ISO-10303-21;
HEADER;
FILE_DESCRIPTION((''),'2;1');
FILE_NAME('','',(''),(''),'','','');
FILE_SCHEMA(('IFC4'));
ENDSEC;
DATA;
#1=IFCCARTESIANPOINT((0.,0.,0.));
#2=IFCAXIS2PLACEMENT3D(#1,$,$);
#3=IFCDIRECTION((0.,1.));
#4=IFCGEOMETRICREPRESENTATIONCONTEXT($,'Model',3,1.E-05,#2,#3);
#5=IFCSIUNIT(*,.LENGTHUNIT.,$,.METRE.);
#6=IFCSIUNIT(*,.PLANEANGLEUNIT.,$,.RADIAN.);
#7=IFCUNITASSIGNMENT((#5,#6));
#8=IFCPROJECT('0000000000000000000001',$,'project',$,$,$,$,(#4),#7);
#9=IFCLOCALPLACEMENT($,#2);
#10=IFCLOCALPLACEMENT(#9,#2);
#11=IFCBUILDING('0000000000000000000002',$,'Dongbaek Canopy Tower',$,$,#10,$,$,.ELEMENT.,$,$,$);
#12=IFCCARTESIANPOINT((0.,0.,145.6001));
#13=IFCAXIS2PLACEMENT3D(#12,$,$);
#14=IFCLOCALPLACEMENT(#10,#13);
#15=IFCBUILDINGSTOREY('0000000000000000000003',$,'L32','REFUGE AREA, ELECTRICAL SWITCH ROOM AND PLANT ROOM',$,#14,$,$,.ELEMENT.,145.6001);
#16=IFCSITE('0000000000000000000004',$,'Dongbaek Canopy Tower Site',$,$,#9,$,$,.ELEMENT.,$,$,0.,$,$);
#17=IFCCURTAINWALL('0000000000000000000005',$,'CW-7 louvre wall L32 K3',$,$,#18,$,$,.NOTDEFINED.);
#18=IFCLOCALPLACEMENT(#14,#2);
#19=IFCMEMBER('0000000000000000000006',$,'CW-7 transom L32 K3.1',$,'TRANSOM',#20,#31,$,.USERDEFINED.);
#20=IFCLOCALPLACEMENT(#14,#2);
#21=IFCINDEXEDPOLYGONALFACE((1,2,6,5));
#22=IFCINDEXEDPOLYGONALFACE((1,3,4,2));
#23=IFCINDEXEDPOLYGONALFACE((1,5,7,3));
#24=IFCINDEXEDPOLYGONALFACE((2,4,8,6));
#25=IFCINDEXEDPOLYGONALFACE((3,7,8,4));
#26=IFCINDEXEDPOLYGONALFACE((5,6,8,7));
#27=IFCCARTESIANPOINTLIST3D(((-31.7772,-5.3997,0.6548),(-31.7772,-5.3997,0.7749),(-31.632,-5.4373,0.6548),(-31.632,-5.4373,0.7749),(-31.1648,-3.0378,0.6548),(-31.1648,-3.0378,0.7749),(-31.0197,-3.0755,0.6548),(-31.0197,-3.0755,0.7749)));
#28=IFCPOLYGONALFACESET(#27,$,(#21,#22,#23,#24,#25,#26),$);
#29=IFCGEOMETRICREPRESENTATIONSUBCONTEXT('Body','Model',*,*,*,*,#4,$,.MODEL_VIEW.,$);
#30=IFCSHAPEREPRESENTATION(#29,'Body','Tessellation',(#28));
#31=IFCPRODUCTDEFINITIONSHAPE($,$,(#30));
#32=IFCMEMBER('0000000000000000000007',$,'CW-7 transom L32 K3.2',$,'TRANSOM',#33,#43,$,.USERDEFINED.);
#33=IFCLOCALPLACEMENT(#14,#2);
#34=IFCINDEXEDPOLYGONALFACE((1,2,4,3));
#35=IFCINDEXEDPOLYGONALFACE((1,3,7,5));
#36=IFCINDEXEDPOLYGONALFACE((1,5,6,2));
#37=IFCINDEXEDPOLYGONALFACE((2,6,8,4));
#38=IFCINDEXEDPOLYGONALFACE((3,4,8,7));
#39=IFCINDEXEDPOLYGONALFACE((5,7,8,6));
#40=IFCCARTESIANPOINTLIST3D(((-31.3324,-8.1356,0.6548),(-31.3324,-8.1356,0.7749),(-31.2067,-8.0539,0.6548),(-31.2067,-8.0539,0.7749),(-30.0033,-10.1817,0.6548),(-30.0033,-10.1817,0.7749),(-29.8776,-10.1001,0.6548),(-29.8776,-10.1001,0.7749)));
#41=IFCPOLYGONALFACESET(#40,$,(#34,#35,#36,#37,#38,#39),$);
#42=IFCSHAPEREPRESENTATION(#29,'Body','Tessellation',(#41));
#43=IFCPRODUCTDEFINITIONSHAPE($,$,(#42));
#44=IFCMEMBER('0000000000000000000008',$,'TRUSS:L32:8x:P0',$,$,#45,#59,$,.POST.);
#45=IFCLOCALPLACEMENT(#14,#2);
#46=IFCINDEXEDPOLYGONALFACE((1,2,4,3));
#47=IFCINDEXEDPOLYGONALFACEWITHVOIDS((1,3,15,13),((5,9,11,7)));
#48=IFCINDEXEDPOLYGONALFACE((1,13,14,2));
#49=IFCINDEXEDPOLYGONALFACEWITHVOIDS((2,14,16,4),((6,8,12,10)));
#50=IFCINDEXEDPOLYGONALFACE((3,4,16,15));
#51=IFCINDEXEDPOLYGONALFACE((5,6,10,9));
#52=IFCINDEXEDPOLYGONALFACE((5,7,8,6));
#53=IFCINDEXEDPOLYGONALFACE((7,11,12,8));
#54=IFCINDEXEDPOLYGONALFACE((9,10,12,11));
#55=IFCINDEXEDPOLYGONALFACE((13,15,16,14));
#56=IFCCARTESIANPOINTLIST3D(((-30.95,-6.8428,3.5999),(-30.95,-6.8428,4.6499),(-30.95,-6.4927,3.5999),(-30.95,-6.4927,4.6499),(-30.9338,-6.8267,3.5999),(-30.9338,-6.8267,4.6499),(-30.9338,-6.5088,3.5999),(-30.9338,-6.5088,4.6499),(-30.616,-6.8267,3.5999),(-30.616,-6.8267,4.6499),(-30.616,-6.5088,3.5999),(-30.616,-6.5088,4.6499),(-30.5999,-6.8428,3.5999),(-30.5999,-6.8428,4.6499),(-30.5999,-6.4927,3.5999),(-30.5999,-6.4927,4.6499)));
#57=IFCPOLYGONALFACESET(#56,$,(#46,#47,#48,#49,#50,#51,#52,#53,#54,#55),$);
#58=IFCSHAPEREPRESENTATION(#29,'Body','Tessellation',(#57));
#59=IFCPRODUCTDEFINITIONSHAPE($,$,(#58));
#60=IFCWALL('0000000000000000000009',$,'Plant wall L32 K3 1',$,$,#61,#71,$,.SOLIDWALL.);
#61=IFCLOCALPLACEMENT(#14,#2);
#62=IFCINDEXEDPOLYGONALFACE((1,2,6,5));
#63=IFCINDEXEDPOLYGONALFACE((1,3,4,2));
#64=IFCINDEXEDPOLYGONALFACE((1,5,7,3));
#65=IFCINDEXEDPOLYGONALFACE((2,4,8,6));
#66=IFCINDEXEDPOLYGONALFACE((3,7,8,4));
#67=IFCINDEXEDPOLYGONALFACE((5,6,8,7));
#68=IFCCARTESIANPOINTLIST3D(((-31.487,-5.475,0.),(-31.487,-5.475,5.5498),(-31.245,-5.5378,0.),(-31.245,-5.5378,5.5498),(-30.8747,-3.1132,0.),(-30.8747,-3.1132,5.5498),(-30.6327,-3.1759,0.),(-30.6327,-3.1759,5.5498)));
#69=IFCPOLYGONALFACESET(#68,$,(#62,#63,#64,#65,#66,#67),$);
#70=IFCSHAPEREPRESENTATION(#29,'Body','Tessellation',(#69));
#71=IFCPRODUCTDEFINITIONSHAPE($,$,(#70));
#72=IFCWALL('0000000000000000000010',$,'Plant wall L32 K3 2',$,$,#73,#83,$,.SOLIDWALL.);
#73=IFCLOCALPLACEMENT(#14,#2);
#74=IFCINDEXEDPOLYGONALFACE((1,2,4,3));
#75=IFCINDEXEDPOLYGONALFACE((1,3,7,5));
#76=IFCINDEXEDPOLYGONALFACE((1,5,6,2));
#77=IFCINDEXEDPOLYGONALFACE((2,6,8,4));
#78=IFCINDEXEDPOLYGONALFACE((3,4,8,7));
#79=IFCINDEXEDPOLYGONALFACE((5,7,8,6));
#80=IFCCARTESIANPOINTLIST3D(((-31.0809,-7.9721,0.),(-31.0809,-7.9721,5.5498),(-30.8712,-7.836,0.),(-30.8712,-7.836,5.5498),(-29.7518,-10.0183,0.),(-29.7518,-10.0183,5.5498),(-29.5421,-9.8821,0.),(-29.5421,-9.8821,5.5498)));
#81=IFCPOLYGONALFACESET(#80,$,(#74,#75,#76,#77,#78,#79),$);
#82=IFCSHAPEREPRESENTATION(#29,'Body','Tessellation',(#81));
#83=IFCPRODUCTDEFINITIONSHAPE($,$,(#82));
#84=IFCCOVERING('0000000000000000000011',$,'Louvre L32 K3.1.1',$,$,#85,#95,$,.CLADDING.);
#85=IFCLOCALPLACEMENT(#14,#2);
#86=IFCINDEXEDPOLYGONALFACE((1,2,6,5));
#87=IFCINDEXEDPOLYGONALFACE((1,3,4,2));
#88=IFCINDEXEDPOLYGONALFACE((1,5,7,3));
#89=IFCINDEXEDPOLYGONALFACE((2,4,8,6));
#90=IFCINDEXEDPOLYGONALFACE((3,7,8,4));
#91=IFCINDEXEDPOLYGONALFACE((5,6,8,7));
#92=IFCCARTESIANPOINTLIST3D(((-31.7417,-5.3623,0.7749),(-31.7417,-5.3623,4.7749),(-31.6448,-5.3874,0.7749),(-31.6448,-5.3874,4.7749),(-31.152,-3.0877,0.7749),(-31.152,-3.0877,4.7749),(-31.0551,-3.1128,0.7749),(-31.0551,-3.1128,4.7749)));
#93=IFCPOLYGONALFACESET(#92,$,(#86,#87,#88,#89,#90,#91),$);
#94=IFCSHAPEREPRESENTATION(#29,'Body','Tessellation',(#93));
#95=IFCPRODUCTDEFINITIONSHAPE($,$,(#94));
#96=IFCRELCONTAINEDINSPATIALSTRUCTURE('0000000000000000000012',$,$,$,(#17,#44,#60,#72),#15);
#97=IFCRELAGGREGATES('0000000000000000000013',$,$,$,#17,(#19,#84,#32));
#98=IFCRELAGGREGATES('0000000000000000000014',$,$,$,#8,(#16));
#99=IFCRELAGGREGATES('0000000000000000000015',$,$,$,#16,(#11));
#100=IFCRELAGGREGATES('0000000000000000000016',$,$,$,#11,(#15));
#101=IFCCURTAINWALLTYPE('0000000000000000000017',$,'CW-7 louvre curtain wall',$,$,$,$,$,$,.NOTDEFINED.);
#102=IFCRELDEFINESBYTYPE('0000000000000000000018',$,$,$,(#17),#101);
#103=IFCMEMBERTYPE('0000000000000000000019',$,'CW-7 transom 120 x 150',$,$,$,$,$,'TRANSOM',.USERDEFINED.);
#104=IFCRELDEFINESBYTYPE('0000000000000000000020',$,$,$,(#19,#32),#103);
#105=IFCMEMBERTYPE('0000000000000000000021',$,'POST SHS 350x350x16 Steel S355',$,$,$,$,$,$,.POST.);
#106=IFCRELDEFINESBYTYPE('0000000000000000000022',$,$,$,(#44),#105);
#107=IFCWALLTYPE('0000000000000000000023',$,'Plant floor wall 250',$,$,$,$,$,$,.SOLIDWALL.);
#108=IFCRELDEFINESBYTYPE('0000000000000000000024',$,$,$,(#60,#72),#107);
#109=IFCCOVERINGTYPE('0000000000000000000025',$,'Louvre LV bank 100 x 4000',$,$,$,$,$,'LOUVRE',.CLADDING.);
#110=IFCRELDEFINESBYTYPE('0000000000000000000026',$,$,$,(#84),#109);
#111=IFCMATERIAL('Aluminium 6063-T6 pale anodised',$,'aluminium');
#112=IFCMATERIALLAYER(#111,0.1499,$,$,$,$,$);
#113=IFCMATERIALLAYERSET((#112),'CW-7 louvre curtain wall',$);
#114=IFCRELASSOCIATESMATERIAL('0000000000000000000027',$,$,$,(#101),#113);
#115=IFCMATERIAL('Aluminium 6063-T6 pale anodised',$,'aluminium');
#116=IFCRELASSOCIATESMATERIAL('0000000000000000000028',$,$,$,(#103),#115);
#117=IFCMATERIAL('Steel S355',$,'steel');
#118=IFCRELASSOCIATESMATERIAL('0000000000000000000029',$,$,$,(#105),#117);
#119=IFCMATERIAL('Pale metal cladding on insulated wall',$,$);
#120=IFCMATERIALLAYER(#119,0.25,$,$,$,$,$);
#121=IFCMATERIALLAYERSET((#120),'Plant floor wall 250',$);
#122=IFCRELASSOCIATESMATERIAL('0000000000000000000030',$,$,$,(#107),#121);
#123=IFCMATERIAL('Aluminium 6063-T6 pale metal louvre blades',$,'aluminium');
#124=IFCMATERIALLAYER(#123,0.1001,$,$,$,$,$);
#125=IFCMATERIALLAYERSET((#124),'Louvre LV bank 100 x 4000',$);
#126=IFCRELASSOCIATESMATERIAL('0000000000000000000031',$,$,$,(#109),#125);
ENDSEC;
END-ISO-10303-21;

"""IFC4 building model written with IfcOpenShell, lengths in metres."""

from ifc_helpers import new_model, si_unit, direction, frame, frame_2d, origin, origin_2d, place, context, subcontext, project, spatial, rectangle, hollow_rectangle, extrude, material, layer, layer_set, material_profile, profile_set, type_object, element, aggregate, save


model = new_model("IFC4")

# Units and contexts
model_context = context("Model", 3, precision=1e-05, world=origin(), true_north=direction((0.0, 1.0)))
body_context = subcontext(model_context, "Body", "Model", "MODEL_VIEW")
ifc_project = project(units=[si_unit("LENGTHUNIT", "METRE"), si_unit("PLANEANGLEUNIT", "RADIAN")], contexts=[model_context])

# Site, building, storey
site_placement = place(None, origin())
site = spatial("IfcSite", under=ifc_project, at=site_placement, Name="Dongbaek Canopy Tower Site", CompositionType="ELEMENT", RefElevation=0.0)
building_placement = place(site_placement, origin())
building = spatial("IfcBuilding", under=site, at=building_placement, Name="Dongbaek Canopy Tower", CompositionType="ELEMENT")
storey_placement = place(building_placement, frame((0.0, 0.0, 145.6001)))
storey = spatial("IfcBuildingStorey", under=building, at=storey_placement, Name="L32", Description="REFUGE AREA, ELECTRICAL SWITCH ROOM AND PLANT ROOM", CompositionType="ELEMENT", Elevation=145.6001)

# Shared definitions
ifc_material_1 = material(Name="Aluminium 6063-T6 pale anodised", Category="aluminium")
ifc_layer_1 = layer(ifc_material_1, 0.1499)
ifc_layer_set_1 = layer_set([ifc_layer_1], Name="CW-7 louvre curtain wall")
curtain_wall_type = type_object("IfcCurtainWallType", Name="CW-7 louvre curtain wall", PredefinedType="NOTDEFINED", material=ifc_layer_set_1)

# Curtain wall, members
curtain_wall_1_placement = place(storey_placement, origin())
curtain_wall_1 = element("IfcCurtainWall", 1, at=curtain_wall_1_placement, inside=storey, type_object=curtain_wall_type, Name="CW-7 louvre wall L32 K3", PredefinedType="NOTDEFINED")
ifc_material_2 = material(Name="Aluminium 6063-T6 pale anodised", Category="aluminium")
ifc_material_profile_1 = material_profile(ifc_material_2, rectangle(XDim=0.1499, YDim=0.1201, at=origin_2d()), Name="CW-7 transom 120 x 150")
ifc_profile_set_1 = profile_set([ifc_material_profile_1], Name="Aluminium 6063-T6 pale anodised")
member_type_1 = type_object("IfcMemberType", Name="CW-7 transom 120 x 150", ElementType="TRANSOM", PredefinedType="USERDEFINED", material=ifc_profile_set_1)
member_1_placement = place(storey_placement, frame((-31.0923, -3.0566, 0.7148), z_axis=(-0.250955, -0.967999, 0.0), x_axis=(0.967999, -0.250955, 0.0)))
member_1 = element("IfcMember", 2, at=member_1_placement, type_object=member_type_1, Name="CW-7 transom L32 K3.1", ObjectType="TRANSOM", PredefinedType="USERDEFINED", context=body_context, shape_type="SweptSolid", body=[
    extrude(rectangle(XDim=0.1499, YDim=0.1201, at=origin_2d()), origin(), (0.0, 0.0, 1.0), 2.4399),
])
member_2_placement = place(storey_placement, frame((-31.2695, -8.0947, 0.7148), z_axis=(0.544732, -0.83861, 0.0), x_axis=(0.83861, 0.544732, 0.0)))
member_2 = element("IfcMember", 3, at=member_2_placement, type_object=member_type_1, Name="CW-7 transom L32 K3.2", ObjectType="TRANSOM", PredefinedType="USERDEFINED", context=body_context, shape_type="SweptSolid", body=[
    extrude(rectangle(XDim=0.1499, YDim=0.1201, at=origin_2d()), origin(), (0.0, 0.0, 1.0), 2.4399),
])

# Member
ifc_material_3 = material(Name="Steel S355", Category="steel")
ifc_material_profile_2 = material_profile(ifc_material_3, hollow_rectangle(XDim=0.3501, YDim=0.3501, WallThickness=0.0161, at=origin_2d()), Name="POST SHS 350x350x16 Steel S355")
ifc_profile_set_2 = profile_set([ifc_material_profile_2], Name="Steel S355")
member_type_2 = type_object("IfcMemberType", Name="POST SHS 350x350x16 Steel S355", PredefinedType="POST", material=ifc_profile_set_2)
member_3_placement = place(storey_placement, frame((-30.7749, -6.6677, 3.5999), z_axis=(0.0, 0.0, 1.0), x_axis=(1.0, 0.0, 0.0)))
element("IfcMember", 4, at=member_3_placement, inside=storey, type_object=member_type_2, Name="TRUSS:L32:8x:P0", PredefinedType="POST", context=body_context, shape_type="SweptSolid", body=[
    extrude(hollow_rectangle(XDim=0.3501, YDim=0.3501, WallThickness=0.0161, at=origin_2d()), origin(), (0.0, 0.0, 1.0), 1.05),
])

# Walls
ifc_material_4 = material(Name="Pale metal cladding on insulated wall")
ifc_layer_2 = layer(ifc_material_4, 0.25)
ifc_layer_set_2 = layer_set([ifc_layer_2], Name="Plant floor wall 250")
wall_type = type_object("IfcWallType", Name="Plant floor wall 250", PredefinedType="SOLIDWALL", material=ifc_layer_set_2)
for number, where, z_axis, x_axis, name in (
    (5, (-30.7537, -3.1445, 0.0), (0.0, 0.0, 1.0), (-0.250955, -0.967999, 0.0), "Plant wall L32 K3 1"),
    (6, (-30.9761, -7.9041, 0.0), (0.0, 0.0, 1.0), (0.544732, -0.83861, 0.0), "Plant wall L32 K3 2"),
):
    element("IfcWall", number, at=place(storey_placement, frame(where, z_axis=z_axis, x_axis=x_axis)), inside=storey, type_object=wall_type, Name=name, PredefinedType="SOLIDWALL", context=body_context, shape_type="SweptSolid", body=[
        extrude(rectangle(XDim=2.4399, YDim=0.25, at=frame_2d((1.22, 0.0))), origin(), (0.0, 0.0, 1.0), 5.5498),
    ])

# Covering
ifc_material_5 = material(Name="Aluminium 6063-T6 pale metal louvre blades", Category="aluminium")
ifc_layer_3 = layer(ifc_material_5, 0.1001)
ifc_layer_set_3 = layer_set([ifc_layer_3], Name="Louvre LV bank 100 x 4000")
covering_type = type_object("IfcCoveringType", Name="Louvre LV bank 100 x 4000", ElementType="LOUVRE", PredefinedType="CLADDING", material=ifc_layer_set_3)
covering_placement = place(storey_placement, frame((-31.3984, -4.2375, 0.7749), z_axis=(0.0, 0.0, 1.0), x_axis=(-0.250958, -0.967998, 0.0)))
covering = element("IfcCovering", 7, at=covering_placement, type_object=covering_type, Name="Louvre L32 K3.1.1", PredefinedType="CLADDING", context=body_context, shape_type="SweptSolid", body=[
    extrude(rectangle(XDim=2.3499, YDim=0.1001, at=origin_2d()), origin(), (0.0, 0.0, 1.0), 4.0),
])

aggregate(curtain_wall_1, [member_1, covering, member_2])

save(model, "model.ifc")
